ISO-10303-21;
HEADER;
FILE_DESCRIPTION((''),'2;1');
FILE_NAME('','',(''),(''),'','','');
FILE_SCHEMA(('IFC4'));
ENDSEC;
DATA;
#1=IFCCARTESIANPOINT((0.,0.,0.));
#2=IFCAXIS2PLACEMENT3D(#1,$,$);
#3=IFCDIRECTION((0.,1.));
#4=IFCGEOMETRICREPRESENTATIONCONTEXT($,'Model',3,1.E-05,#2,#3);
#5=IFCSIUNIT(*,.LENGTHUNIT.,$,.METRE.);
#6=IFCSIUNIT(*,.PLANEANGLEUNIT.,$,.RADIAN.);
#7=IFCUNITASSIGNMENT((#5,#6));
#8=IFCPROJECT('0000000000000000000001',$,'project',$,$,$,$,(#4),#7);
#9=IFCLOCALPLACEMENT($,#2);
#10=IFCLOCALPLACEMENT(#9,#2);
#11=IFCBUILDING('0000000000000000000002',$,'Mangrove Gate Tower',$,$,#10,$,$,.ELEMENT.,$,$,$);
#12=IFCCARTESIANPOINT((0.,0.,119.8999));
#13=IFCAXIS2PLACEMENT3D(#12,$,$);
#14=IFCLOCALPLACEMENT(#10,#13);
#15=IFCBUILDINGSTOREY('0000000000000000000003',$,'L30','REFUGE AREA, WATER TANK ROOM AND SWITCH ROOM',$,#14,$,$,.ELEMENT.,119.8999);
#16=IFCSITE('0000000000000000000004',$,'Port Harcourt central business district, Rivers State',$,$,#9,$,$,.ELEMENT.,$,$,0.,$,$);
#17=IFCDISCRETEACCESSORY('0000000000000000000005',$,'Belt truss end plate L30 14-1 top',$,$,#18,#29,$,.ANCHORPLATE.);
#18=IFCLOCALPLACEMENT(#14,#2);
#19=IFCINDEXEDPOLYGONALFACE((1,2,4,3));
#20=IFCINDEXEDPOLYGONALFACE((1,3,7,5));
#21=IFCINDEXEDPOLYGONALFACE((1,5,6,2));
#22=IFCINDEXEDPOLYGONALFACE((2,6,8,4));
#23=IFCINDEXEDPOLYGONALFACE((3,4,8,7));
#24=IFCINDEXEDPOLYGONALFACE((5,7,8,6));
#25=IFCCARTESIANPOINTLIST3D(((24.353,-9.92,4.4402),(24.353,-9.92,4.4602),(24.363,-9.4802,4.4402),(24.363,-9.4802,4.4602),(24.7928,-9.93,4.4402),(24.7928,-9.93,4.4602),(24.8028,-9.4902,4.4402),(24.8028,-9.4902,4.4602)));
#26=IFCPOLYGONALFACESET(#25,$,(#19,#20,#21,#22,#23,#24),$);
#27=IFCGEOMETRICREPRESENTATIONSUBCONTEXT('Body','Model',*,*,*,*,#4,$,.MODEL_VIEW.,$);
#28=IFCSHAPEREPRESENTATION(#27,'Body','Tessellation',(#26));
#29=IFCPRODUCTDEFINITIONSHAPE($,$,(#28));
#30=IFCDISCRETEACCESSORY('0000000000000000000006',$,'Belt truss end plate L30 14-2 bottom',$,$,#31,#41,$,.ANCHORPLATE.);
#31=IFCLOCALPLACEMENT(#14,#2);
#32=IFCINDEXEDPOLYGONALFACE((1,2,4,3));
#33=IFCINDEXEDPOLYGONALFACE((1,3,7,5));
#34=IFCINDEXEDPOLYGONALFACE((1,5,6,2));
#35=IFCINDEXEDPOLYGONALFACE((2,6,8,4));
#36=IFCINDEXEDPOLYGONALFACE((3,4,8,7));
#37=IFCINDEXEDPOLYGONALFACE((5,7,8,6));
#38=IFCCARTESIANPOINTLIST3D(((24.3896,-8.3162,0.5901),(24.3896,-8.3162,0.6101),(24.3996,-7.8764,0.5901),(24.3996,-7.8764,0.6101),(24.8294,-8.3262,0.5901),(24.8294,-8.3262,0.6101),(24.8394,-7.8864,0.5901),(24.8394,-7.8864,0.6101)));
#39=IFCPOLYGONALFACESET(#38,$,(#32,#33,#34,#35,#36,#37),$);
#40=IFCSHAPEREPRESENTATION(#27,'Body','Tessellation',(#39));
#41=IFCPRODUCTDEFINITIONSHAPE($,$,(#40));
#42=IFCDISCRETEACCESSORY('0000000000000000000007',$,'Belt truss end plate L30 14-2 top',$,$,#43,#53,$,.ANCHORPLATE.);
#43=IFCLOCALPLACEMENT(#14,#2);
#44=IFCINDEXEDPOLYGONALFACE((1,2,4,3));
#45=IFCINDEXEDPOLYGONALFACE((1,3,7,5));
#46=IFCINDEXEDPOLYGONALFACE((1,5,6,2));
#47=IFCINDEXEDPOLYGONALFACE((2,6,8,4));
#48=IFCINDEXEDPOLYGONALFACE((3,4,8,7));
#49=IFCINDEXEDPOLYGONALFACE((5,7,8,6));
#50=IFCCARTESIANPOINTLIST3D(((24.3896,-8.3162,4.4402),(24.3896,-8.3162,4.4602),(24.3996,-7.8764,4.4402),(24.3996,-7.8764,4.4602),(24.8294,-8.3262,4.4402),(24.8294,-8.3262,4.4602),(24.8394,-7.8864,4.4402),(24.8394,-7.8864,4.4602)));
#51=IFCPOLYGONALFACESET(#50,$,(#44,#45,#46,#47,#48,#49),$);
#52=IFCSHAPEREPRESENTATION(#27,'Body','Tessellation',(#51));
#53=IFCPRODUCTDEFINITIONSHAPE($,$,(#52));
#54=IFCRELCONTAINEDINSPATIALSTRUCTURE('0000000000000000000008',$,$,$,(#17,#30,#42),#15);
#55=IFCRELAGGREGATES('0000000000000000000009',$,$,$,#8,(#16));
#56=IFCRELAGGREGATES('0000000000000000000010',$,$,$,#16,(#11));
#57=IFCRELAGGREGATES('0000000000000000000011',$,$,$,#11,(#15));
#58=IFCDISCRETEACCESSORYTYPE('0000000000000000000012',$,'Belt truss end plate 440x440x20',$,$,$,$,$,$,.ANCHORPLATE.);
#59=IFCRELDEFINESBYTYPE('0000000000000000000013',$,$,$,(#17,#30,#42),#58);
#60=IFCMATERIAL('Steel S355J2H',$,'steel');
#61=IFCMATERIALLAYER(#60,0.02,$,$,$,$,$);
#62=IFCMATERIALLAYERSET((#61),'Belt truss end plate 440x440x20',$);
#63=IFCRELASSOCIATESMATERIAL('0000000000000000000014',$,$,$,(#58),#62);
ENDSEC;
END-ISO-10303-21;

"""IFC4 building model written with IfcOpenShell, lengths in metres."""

from ifc_helpers import new_model, si_unit, direction, frame, origin, origin_2d, place, context, subcontext, project, spatial, rectangle, extrude, material, layer, layer_set, type_object, element, save


model = new_model("IFC4")

# Units and contexts
model_context = context("Model", 3, precision=1e-05, world=origin(), true_north=direction((0.0, 1.0)))
body_context = subcontext(model_context, "Body", "Model", "MODEL_VIEW")
ifc_project = project(units=[si_unit("LENGTHUNIT", "METRE"), si_unit("PLANEANGLEUNIT", "RADIAN")], contexts=[model_context])

# Site, building, storey
site_placement = place(None, origin())
site = spatial("IfcSite", under=ifc_project, at=site_placement, Name="Port Harcourt central business district, Rivers State", CompositionType="ELEMENT", RefElevation=0.0)
building_placement = place(site_placement, origin())
building = spatial("IfcBuilding", under=site, at=building_placement, Name="Mangrove Gate Tower", CompositionType="ELEMENT")
storey_placement = place(building_placement, frame((0.0, 0.0, 119.8999)))
storey = spatial("IfcBuildingStorey", under=building, at=storey_placement, Name="L30", Description="REFUGE AREA, WATER TANK ROOM AND SWITCH ROOM", CompositionType="ELEMENT", Elevation=119.8999)

# Discrete accessories
ifc_material_1 = material(Name="Steel S355J2H", Category="steel")
ifc_layer_1 = layer(ifc_material_1, 0.02)
ifc_layer_set_1 = layer_set([ifc_layer_1], Name="Belt truss end plate 440x440x20")
discrete_accessory_type = type_object("IfcDiscreteAccessoryType", Name="Belt truss end plate 440x440x20", PredefinedType="ANCHORPLATE", material=ifc_layer_set_1)
for number, where, z_axis, x_axis, name in (
    (1, (24.5779, -9.7051, 4.4402), (0.0, 0.0, 1.0), (0.022718, 0.999742, 0.0), "Belt truss end plate L30 14-1 top"),
    (2, (24.6145, -8.1013, 0.5901), (0.0, 0.0, 1.0), (0.022718, 0.999742, 0.0), "Belt truss end plate L30 14-2 bottom"),
    (3, (24.6145, -8.1013, 4.4402), (0.0, 0.0, 1.0), (0.022718, 0.999742, 0.0), "Belt truss end plate L30 14-2 top"),
):
    element("IfcDiscreteAccessory", number, at=place(storey_placement, frame(where, z_axis=z_axis, x_axis=x_axis)), inside=storey, type_object=discrete_accessory_type, Name=name, PredefinedType="ANCHORPLATE", context=body_context, shape_type="SweptSolid", body=[
        extrude(rectangle(XDim=0.4399, YDim=0.4399, at=origin_2d()), origin(), (0.0, 0.0, 1.0), 0.02),
    ])

save(model, "model.ifc")
